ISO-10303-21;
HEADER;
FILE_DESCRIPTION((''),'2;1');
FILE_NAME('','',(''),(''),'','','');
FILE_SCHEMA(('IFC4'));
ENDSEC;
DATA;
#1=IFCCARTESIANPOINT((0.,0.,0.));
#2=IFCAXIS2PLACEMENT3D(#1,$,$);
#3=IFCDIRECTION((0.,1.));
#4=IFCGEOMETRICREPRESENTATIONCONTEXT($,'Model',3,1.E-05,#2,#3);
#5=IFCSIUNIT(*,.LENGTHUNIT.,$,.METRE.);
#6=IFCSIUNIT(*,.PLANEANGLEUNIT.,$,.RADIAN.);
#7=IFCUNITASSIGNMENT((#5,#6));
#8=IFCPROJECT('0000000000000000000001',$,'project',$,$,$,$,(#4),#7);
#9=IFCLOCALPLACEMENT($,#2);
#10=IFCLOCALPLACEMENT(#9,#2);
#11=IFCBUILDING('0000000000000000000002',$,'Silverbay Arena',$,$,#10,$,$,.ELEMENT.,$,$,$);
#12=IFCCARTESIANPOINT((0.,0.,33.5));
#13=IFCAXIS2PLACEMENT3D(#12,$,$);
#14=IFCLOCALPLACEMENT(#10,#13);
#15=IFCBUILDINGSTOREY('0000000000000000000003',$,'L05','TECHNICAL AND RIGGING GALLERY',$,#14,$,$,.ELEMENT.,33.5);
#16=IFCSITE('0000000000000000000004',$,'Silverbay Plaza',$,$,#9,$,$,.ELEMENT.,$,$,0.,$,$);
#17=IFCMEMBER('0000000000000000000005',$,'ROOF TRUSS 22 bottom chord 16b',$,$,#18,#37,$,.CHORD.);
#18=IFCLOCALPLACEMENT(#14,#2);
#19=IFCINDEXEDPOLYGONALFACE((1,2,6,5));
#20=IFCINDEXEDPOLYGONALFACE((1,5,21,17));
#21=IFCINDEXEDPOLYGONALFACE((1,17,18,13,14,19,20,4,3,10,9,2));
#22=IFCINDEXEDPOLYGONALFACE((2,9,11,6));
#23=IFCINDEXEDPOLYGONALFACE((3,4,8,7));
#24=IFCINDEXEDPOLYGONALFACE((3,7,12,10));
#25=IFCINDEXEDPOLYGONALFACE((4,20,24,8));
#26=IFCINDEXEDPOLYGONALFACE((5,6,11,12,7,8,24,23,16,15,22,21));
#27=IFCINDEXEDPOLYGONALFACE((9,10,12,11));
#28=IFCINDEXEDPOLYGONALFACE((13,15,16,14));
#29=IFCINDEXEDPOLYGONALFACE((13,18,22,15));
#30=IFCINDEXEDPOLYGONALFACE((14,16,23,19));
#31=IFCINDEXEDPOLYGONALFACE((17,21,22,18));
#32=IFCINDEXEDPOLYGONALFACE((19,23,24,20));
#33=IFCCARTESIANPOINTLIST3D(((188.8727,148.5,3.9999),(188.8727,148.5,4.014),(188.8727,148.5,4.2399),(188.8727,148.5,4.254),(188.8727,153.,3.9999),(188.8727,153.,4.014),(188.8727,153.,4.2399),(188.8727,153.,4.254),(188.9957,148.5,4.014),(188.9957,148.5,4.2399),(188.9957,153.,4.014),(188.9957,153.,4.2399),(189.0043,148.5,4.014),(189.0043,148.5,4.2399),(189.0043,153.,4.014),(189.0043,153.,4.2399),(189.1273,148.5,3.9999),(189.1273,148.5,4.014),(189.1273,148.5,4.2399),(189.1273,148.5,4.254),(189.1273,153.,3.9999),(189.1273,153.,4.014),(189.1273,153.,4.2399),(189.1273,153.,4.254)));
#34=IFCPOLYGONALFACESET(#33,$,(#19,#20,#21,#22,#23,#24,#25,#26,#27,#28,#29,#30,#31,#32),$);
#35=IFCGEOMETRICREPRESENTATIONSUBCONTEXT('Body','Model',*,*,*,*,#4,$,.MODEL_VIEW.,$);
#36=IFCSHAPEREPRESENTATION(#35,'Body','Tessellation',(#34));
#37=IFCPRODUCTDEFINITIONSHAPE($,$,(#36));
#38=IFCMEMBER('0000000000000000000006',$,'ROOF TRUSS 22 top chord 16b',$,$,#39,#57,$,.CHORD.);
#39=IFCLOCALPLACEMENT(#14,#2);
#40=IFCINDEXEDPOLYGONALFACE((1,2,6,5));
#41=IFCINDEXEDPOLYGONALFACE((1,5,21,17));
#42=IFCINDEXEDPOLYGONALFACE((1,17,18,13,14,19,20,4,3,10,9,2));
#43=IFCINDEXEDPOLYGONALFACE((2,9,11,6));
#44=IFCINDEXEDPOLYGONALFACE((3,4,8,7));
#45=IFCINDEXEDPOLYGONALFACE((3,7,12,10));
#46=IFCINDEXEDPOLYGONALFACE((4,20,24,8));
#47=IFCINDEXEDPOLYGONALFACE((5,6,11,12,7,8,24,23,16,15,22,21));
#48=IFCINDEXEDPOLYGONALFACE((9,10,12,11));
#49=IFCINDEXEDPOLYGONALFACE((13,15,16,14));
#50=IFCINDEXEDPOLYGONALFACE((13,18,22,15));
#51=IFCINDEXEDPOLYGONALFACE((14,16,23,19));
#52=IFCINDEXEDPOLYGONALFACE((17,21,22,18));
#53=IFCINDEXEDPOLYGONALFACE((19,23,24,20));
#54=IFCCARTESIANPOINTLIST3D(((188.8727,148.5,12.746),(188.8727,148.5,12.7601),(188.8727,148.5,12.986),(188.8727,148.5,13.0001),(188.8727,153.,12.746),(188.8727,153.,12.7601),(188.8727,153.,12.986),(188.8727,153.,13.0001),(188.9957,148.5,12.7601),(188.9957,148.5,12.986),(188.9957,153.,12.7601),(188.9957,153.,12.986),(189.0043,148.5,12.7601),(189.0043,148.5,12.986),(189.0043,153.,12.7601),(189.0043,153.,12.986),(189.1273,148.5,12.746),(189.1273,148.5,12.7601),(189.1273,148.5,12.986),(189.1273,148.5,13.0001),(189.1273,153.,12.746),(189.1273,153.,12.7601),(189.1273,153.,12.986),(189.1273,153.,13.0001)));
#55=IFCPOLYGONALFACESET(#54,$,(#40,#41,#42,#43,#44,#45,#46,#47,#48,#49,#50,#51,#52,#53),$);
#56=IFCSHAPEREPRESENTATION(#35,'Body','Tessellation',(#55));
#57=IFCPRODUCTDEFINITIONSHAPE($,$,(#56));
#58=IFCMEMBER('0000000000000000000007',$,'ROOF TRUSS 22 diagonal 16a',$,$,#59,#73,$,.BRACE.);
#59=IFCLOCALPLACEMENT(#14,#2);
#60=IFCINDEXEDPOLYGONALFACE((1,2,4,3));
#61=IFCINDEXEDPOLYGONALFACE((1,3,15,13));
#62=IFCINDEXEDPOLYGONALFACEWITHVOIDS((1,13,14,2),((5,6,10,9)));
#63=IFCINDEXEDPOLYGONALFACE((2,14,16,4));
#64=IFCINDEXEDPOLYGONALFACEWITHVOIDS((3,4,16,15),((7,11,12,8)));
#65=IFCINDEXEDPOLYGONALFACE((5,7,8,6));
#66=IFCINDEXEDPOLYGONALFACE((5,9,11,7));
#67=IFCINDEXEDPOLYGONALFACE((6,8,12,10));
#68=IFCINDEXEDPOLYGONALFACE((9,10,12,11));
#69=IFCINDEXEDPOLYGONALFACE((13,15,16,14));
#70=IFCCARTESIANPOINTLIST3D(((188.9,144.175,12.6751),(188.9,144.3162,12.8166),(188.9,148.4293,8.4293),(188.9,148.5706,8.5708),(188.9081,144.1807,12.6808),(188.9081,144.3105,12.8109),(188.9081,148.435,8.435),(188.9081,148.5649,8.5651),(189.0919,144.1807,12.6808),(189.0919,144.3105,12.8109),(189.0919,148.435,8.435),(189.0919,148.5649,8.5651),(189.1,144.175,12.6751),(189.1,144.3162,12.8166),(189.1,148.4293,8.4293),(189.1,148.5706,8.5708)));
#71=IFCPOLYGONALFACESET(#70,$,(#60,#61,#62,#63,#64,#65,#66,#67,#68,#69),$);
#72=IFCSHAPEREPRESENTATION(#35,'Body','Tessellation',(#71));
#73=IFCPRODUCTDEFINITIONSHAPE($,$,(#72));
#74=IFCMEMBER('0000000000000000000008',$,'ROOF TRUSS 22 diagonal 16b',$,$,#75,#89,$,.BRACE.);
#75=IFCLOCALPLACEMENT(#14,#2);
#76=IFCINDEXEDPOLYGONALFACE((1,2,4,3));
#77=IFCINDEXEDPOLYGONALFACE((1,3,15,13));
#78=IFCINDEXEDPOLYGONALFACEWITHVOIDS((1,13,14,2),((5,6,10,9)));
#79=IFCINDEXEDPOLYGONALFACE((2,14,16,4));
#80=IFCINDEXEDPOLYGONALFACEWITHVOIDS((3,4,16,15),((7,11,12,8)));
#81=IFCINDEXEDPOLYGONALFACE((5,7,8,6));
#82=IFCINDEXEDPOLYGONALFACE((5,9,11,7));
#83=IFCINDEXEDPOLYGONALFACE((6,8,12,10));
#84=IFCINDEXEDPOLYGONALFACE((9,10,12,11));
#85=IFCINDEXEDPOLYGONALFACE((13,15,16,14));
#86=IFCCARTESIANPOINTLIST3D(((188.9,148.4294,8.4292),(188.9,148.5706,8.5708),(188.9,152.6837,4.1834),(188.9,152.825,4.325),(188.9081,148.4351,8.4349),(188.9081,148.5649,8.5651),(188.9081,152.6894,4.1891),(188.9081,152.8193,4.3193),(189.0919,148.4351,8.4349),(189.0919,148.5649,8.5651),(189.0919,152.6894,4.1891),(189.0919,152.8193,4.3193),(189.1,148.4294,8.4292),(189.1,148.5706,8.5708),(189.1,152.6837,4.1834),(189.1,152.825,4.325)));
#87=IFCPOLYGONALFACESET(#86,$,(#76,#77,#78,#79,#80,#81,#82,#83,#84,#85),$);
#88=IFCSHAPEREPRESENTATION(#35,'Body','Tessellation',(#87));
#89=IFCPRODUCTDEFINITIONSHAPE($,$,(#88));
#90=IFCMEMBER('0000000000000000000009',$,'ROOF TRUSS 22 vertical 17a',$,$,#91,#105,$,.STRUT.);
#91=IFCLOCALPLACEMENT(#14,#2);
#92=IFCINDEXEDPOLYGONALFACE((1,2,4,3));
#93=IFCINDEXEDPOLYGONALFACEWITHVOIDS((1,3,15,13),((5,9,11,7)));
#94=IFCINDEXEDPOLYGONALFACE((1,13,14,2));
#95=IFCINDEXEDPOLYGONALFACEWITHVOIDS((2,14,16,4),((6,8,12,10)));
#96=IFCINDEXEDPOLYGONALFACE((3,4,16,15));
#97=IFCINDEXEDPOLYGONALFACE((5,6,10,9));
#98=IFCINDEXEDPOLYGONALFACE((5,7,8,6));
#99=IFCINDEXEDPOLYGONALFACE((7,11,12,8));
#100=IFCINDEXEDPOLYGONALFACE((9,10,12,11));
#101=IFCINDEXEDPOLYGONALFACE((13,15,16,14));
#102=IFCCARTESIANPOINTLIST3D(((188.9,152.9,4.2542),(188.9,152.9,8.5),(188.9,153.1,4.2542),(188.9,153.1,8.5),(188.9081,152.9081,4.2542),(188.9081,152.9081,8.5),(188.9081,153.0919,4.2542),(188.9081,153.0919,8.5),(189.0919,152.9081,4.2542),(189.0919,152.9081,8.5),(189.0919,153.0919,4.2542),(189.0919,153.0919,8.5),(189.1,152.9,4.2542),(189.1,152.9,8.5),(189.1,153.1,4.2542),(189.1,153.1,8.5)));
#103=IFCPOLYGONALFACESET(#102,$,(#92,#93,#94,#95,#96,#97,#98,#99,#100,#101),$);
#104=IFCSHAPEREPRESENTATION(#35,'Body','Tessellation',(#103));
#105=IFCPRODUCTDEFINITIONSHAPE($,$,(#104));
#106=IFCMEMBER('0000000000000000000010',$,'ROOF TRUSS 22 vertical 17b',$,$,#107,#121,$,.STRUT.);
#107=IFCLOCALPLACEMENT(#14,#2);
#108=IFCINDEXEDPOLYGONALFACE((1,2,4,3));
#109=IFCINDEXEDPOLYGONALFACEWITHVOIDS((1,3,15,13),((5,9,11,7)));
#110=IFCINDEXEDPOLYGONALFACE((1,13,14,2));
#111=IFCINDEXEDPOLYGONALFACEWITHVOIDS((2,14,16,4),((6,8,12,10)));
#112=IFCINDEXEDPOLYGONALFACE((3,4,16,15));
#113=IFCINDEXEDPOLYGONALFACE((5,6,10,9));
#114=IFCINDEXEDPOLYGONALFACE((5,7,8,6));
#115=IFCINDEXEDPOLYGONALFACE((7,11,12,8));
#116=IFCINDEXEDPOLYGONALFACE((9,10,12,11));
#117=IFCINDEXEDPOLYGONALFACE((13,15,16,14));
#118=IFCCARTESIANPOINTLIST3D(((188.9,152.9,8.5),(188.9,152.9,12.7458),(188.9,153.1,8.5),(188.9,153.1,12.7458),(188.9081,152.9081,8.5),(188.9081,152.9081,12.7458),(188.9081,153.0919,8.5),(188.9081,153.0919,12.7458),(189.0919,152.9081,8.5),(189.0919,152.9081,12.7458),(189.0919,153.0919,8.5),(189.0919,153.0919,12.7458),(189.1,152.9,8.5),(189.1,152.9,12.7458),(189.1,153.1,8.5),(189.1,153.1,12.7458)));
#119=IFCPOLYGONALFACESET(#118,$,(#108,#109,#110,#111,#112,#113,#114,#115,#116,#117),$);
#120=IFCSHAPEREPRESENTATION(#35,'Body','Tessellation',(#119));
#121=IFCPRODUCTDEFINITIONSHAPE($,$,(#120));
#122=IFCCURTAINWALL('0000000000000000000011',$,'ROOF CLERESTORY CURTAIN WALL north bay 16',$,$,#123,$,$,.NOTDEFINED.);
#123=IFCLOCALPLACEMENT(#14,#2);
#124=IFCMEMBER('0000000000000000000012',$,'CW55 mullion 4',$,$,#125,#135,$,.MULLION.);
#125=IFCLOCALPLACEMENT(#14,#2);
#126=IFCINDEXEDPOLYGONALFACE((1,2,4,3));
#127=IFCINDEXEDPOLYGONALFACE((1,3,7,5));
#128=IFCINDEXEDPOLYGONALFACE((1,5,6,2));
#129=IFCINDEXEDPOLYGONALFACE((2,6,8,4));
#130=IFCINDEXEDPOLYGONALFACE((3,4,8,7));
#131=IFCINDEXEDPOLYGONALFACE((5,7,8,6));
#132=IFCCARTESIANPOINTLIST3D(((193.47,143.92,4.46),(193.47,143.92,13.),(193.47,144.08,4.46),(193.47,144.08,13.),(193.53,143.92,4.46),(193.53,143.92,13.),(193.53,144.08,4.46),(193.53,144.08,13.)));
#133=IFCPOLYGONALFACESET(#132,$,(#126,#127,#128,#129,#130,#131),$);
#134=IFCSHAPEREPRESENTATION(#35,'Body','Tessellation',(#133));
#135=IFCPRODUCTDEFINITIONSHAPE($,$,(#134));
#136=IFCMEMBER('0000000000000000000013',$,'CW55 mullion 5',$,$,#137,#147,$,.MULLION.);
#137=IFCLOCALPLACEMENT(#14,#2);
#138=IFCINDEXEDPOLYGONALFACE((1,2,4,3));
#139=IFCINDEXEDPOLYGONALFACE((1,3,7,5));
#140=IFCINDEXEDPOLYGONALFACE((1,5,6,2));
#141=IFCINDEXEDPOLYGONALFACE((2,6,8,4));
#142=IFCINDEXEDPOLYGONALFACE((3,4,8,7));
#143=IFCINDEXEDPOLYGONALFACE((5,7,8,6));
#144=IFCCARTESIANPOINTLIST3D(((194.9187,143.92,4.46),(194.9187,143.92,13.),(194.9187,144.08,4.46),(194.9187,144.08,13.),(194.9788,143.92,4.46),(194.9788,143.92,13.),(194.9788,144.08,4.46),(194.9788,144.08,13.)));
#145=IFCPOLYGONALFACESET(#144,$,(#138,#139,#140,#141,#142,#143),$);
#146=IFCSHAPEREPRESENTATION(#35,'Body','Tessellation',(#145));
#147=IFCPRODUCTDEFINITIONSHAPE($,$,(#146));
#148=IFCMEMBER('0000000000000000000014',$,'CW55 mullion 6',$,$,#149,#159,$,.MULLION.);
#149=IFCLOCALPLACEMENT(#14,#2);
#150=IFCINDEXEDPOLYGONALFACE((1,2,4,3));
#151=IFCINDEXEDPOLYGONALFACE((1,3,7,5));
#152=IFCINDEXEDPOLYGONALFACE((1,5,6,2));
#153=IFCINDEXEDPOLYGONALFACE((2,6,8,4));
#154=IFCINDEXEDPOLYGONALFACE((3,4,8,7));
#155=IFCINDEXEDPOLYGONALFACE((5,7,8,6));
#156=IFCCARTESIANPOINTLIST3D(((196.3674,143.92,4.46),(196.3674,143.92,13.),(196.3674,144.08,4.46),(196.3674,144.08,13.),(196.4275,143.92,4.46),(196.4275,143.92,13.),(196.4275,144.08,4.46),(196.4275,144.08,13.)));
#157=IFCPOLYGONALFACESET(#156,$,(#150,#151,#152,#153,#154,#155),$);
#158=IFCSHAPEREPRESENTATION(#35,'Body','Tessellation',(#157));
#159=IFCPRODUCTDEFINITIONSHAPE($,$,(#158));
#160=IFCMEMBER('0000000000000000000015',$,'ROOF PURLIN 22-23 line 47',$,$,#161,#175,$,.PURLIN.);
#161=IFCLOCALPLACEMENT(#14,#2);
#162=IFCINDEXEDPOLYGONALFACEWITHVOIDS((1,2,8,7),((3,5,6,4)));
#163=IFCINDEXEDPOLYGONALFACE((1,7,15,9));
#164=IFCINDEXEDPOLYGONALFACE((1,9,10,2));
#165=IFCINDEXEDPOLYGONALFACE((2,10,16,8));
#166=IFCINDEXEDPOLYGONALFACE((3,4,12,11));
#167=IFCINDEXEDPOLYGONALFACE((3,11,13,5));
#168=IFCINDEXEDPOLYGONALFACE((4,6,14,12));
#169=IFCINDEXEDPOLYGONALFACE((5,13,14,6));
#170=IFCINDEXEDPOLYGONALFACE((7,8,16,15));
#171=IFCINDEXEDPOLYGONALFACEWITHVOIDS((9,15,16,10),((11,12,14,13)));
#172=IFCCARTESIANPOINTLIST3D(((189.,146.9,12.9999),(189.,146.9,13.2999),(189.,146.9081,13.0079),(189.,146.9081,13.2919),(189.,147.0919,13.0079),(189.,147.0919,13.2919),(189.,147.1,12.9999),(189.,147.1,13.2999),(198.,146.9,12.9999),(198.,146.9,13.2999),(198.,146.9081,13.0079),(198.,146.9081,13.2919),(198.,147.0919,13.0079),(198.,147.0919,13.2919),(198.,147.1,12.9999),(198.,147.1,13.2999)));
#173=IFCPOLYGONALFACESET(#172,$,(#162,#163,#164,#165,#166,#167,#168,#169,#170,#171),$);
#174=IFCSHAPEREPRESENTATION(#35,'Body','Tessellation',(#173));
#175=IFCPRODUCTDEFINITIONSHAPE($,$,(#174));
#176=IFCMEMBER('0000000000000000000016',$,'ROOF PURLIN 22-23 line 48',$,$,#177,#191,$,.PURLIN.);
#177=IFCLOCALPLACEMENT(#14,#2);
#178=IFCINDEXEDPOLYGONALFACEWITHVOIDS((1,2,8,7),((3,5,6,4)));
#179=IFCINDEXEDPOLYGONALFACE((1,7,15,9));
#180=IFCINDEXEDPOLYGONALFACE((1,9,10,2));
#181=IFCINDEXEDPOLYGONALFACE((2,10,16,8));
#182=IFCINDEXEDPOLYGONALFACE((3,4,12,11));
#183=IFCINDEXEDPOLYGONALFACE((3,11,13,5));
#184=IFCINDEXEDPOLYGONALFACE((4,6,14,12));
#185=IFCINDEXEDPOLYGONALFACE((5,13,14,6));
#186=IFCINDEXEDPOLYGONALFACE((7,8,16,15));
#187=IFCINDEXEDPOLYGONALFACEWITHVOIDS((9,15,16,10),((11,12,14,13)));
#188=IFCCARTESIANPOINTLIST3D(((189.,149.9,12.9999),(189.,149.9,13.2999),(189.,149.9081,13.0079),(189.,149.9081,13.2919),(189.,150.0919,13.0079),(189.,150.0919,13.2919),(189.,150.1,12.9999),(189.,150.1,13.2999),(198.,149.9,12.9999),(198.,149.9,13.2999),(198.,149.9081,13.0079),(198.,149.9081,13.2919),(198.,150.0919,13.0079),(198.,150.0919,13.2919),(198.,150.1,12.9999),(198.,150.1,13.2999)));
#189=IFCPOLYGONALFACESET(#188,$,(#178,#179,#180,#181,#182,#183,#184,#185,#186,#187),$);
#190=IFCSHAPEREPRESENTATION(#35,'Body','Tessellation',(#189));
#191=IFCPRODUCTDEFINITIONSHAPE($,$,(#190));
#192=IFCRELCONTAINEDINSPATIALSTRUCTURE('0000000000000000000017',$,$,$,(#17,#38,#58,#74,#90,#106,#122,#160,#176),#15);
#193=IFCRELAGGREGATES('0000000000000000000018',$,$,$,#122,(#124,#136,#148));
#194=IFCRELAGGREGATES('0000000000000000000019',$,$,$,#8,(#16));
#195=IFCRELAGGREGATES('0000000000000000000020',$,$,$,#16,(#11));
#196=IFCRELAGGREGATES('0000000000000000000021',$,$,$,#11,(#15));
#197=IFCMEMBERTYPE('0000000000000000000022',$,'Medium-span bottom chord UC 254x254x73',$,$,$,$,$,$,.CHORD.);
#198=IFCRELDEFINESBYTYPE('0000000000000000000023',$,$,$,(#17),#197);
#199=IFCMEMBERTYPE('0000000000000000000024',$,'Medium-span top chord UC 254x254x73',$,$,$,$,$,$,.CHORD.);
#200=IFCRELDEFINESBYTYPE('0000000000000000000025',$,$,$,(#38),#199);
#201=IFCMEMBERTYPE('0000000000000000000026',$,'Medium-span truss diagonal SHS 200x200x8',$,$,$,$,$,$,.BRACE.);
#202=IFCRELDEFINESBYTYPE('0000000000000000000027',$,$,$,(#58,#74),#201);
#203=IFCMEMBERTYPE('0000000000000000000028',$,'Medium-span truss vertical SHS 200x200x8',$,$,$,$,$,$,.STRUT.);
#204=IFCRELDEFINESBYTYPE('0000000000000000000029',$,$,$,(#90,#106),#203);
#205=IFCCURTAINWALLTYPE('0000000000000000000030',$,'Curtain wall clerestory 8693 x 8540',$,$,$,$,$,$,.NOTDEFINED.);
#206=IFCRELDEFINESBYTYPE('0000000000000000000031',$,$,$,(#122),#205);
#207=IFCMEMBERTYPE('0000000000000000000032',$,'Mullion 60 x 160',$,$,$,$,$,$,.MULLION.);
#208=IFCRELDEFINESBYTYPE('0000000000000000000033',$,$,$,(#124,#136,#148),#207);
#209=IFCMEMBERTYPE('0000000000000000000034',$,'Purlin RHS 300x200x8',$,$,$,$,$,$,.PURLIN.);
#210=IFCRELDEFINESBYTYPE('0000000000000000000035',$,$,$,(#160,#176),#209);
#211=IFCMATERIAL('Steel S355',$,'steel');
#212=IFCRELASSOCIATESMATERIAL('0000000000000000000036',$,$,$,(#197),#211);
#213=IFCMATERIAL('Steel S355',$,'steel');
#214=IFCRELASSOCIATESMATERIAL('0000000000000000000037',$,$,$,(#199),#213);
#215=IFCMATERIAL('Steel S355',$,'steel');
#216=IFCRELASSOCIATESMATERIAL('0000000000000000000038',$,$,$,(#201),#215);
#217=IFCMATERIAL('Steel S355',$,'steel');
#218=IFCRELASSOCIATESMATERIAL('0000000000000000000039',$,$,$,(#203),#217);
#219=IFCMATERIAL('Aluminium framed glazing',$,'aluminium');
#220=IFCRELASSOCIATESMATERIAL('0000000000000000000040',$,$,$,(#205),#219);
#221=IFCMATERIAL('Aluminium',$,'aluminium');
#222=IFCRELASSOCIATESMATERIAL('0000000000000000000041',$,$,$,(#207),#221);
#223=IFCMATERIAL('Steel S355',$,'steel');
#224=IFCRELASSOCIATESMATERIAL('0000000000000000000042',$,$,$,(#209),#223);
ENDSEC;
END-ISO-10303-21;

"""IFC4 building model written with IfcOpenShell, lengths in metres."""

from ifc_helpers import new_model, si_unit, direction, frame, origin, origin_2d, place, context, subcontext, project, spatial, rectangle, hollow_rectangle, i_section, extrude, material, material_profile, profile_set, type_object, element, aggregate, save


model = new_model("IFC4")

# Units and contexts
model_context = context("Model", 3, precision=1e-05, world=origin(), true_north=direction((0.0, 1.0)))
body_context = subcontext(model_context, "Body", "Model", "MODEL_VIEW")
ifc_project = project(units=[si_unit("LENGTHUNIT", "METRE"), si_unit("PLANEANGLEUNIT", "RADIAN")], contexts=[model_context])

# Site, building, storey
site_placement = place(None, origin())
site = spatial("IfcSite", under=ifc_project, at=site_placement, Name="Silverbay Plaza", CompositionType="ELEMENT", RefElevation=0.0)
building_placement = place(site_placement, origin())
building = spatial("IfcBuilding", under=site, at=building_placement, Name="Silverbay Arena", CompositionType="ELEMENT")
storey_placement = place(building_placement, frame((0.0, 0.0, 33.5)))
storey = spatial("IfcBuildingStorey", under=building, at=storey_placement, Name="L05", Description="TECHNICAL AND RIGGING GALLERY", CompositionType="ELEMENT", Elevation=33.5)

# Members
ifc_material_1 = material(Name="Steel S355", Category="steel")
ifc_material_profile_1 = material_profile(ifc_material_1, i_section(OverallWidth=0.2546, OverallDepth=0.2542, WebThickness=0.0085, FlangeThickness=0.0142, at=origin_2d()), Name="UC 254x254x73")
ifc_profile_set_1 = profile_set([ifc_material_profile_1], Name="Steel S355")
member_type_1 = type_object("IfcMemberType", Name="Medium-span bottom chord UC 254x254x73", PredefinedType="CHORD", material=ifc_profile_set_1)
member_1_placement = place(storey_placement, frame((189.0, 148.5, 4.127), z_axis=(0.0, 1.0, 0.0), x_axis=(-1.0, 0.0, 0.0)))
element("IfcMember", 1, at=member_1_placement, inside=storey, type_object=member_type_1, Name="ROOF TRUSS 22 bottom chord 16b", PredefinedType="CHORD", context=body_context, shape_type="SweptSolid", body=[
    extrude(i_section(OverallWidth=0.2546, OverallDepth=0.2542, WebThickness=0.0085, FlangeThickness=0.0142, at=origin_2d()), origin(), (0.0, 0.0, 1.0), 4.5),
])
ifc_material_2 = material(Name="Steel S355", Category="steel")
ifc_material_profile_2 = material_profile(ifc_material_2, i_section(OverallWidth=0.2546, OverallDepth=0.2542, WebThickness=0.0085, FlangeThickness=0.0142, at=origin_2d()), Name="UC 254x254x73")
ifc_profile_set_2 = profile_set([ifc_material_profile_2], Name="Steel S355")
member_type_2 = type_object("IfcMemberType", Name="Medium-span top chord UC 254x254x73", PredefinedType="CHORD", material=ifc_profile_set_2)
member_2_placement = place(storey_placement, frame((189.0, 148.5, 12.873), z_axis=(0.0, 1.0, 0.0), x_axis=(-1.0, 0.0, 0.0)))
element("IfcMember", 2, at=member_2_placement, inside=storey, type_object=member_type_2, Name="ROOF TRUSS 22 top chord 16b", PredefinedType="CHORD", context=body_context, shape_type="SweptSolid", body=[
    extrude(i_section(OverallWidth=0.2546, OverallDepth=0.2542, WebThickness=0.0085, FlangeThickness=0.0142, at=origin_2d()), origin(), (0.0, 0.0, 1.0), 4.5),
])
ifc_material_3 = material(Name="Steel S355", Category="steel")
ifc_material_profile_3 = material_profile(ifc_material_3, hollow_rectangle(XDim=0.2, YDim=0.2, WallThickness=0.0081, at=origin_2d()), Name="SHS 200x200x8")
ifc_profile_set_3 = profile_set([ifc_material_profile_3], Name="Steel S355")
member_type_3 = type_object("IfcMemberType", Name="Medium-span truss diagonal SHS 200x200x8", PredefinedType="BRACE", material=ifc_profile_set_3)
for number, where, z_axis, x_axis, name in (
    (3, (189.0, 144.2456, 12.7458), (0.0, 0.707817, -0.706396), (-1.0, 0.0, 0.0), "ROOF TRUSS 22 diagonal 16a"),
    (4, (189.0, 148.5, 8.5), (0.0, 0.707817, -0.706396), (-1.0, 0.0, 0.0), "ROOF TRUSS 22 diagonal 16b"),
):
    element("IfcMember", number, at=place(storey_placement, frame(where, z_axis=z_axis, x_axis=x_axis)), inside=storey, type_object=member_type_3, Name=name, PredefinedType="BRACE", context=body_context, shape_type="SweptSolid", body=[
        extrude(hollow_rectangle(XDim=0.2, YDim=0.2, WallThickness=0.0081, at=origin_2d()), origin(), (0.0, 0.0, 1.0), 6.0105),
    ])
ifc_material_4 = material(Name="Steel S355", Category="steel")
ifc_material_profile_4 = material_profile(ifc_material_4, hollow_rectangle(XDim=0.2, YDim=0.2, WallThickness=0.0081, at=origin_2d()), Name="SHS 200x200x8")
ifc_profile_set_4 = profile_set([ifc_material_profile_4], Name="Steel S355")
member_type_4 = type_object("IfcMemberType", Name="Medium-span truss vertical SHS 200x200x8", PredefinedType="STRUT", material=ifc_profile_set_4)
for number, where, z_axis, x_axis, name in (
    (5, (189.0, 153.0, 4.2542), (0.0, 0.0, 1.0), (1.0, 0.0, 0.0), "ROOF TRUSS 22 vertical 17a"),
    (6, (189.0, 153.0, 8.5), (0.0, 0.0, 1.0), (1.0, 0.0, 0.0), "ROOF TRUSS 22 vertical 17b"),
):
    element("IfcMember", number, at=place(storey_placement, frame(where, z_axis=z_axis, x_axis=x_axis)), inside=storey, type_object=member_type_4, Name=name, PredefinedType="STRUT", context=body_context, shape_type="SweptSolid", body=[
        extrude(hollow_rectangle(XDim=0.2, YDim=0.2, WallThickness=0.0081, at=origin_2d()), origin(), (0.0, 0.0, 1.0), 4.2458),
    ])

# Curtain wall, members
ifc_material_5 = material(Name="Aluminium framed glazing", Category="aluminium")
curtain_wall_type = type_object("IfcCurtainWallType", Name="Curtain wall clerestory 8693 x 8540", PredefinedType="NOTDEFINED", material=ifc_material_5)
curtain_wall_placement = place(storey_placement, origin())
curtain_wall = element("IfcCurtainWall", 7, at=curtain_wall_placement, inside=storey, type_object=curtain_wall_type, Name="ROOF CLERESTORY CURTAIN WALL north bay 16", PredefinedType="NOTDEFINED")
ifc_material_6 = material(Name="Aluminium", Category="aluminium")
ifc_material_profile_5 = material_profile(ifc_material_6, rectangle(XDim=0.1599, YDim=0.0601, at=origin_2d()), Name="Mullion 60 x 160")
ifc_profile_set_5 = profile_set([ifc_material_profile_5], Name="Aluminium")
member_type_5 = type_object("IfcMemberType", Name="Mullion 60 x 160", PredefinedType="MULLION", material=ifc_profile_set_5)
member_3_placement = place(storey_placement, frame((193.5, 144.0, 4.46), z_axis=(0.0, 0.0, 1.0), x_axis=(0.0, 1.0, 0.0)))
member_3 = element("IfcMember", 8, at=member_3_placement, type_object=member_type_5, Name="CW55 mullion 4", PredefinedType="MULLION", context=body_context, shape_type="SweptSolid", body=[
    extrude(rectangle(XDim=0.1599, YDim=0.0601, at=origin_2d()), origin(), (0.0, 0.0, 1.0), 8.54),
])
member_4_placement = place(storey_placement, frame((194.9487, 144.0, 4.46), z_axis=(0.0, 0.0, 1.0), x_axis=(0.0, 1.0, 0.0)))
member_4 = element("IfcMember", 9, at=member_4_placement, type_object=member_type_5, Name="CW55 mullion 5", PredefinedType="MULLION", context=body_context, shape_type="SweptSolid", body=[
    extrude(rectangle(XDim=0.1599, YDim=0.0601, at=origin_2d()), origin(), (0.0, 0.0, 1.0), 8.54),
])
member_5_placement = place(storey_placement, frame((196.3975, 144.0, 4.46), z_axis=(0.0, 0.0, 1.0), x_axis=(0.0, 1.0, 0.0)))
member_5 = element("IfcMember", 10, at=member_5_placement, type_object=member_type_5, Name="CW55 mullion 6", PredefinedType="MULLION", context=body_context, shape_type="SweptSolid", body=[
    extrude(rectangle(XDim=0.1599, YDim=0.0601, at=origin_2d()), origin(), (0.0, 0.0, 1.0), 8.54),
])

# Members
ifc_material_7 = material(Name="Steel S355", Category="steel")
ifc_material_profile_6 = material_profile(ifc_material_7, hollow_rectangle(XDim=0.2, YDim=0.3, WallThickness=0.0081, at=origin_2d()), Name="RHS 300x200x8")
ifc_profile_set_6 = profile_set([ifc_material_profile_6], Name="Steel S355")
member_type_6 = type_object("IfcMemberType", Name="Purlin RHS 300x200x8", PredefinedType="PURLIN", material=ifc_profile_set_6)
for number, where, z_axis, x_axis, name in (
    (11, (189.0, 147.0, 13.1499), (1.0, 0.0, 0.0), (0.0, 1.0, 0.0), "ROOF PURLIN 22-23 line 47"),
    (12, (189.0, 150.0, 13.1499), (1.0, 0.0, 0.0), (0.0, 1.0, 0.0), "ROOF PURLIN 22-23 line 48"),
):
    element("IfcMember", number, at=place(storey_placement, frame(where, z_axis=z_axis, x_axis=x_axis)), inside=storey, type_object=member_type_6, Name=name, PredefinedType="PURLIN", context=body_context, shape_type="SweptSolid", body=[
        extrude(hollow_rectangle(XDim=0.2, YDim=0.3, WallThickness=0.0081, at=origin_2d()), origin(), (0.0, 0.0, 1.0), 9.0),
    ])

aggregate(curtain_wall, [member_3, member_4, member_5])

save(model, "model.ifc")
